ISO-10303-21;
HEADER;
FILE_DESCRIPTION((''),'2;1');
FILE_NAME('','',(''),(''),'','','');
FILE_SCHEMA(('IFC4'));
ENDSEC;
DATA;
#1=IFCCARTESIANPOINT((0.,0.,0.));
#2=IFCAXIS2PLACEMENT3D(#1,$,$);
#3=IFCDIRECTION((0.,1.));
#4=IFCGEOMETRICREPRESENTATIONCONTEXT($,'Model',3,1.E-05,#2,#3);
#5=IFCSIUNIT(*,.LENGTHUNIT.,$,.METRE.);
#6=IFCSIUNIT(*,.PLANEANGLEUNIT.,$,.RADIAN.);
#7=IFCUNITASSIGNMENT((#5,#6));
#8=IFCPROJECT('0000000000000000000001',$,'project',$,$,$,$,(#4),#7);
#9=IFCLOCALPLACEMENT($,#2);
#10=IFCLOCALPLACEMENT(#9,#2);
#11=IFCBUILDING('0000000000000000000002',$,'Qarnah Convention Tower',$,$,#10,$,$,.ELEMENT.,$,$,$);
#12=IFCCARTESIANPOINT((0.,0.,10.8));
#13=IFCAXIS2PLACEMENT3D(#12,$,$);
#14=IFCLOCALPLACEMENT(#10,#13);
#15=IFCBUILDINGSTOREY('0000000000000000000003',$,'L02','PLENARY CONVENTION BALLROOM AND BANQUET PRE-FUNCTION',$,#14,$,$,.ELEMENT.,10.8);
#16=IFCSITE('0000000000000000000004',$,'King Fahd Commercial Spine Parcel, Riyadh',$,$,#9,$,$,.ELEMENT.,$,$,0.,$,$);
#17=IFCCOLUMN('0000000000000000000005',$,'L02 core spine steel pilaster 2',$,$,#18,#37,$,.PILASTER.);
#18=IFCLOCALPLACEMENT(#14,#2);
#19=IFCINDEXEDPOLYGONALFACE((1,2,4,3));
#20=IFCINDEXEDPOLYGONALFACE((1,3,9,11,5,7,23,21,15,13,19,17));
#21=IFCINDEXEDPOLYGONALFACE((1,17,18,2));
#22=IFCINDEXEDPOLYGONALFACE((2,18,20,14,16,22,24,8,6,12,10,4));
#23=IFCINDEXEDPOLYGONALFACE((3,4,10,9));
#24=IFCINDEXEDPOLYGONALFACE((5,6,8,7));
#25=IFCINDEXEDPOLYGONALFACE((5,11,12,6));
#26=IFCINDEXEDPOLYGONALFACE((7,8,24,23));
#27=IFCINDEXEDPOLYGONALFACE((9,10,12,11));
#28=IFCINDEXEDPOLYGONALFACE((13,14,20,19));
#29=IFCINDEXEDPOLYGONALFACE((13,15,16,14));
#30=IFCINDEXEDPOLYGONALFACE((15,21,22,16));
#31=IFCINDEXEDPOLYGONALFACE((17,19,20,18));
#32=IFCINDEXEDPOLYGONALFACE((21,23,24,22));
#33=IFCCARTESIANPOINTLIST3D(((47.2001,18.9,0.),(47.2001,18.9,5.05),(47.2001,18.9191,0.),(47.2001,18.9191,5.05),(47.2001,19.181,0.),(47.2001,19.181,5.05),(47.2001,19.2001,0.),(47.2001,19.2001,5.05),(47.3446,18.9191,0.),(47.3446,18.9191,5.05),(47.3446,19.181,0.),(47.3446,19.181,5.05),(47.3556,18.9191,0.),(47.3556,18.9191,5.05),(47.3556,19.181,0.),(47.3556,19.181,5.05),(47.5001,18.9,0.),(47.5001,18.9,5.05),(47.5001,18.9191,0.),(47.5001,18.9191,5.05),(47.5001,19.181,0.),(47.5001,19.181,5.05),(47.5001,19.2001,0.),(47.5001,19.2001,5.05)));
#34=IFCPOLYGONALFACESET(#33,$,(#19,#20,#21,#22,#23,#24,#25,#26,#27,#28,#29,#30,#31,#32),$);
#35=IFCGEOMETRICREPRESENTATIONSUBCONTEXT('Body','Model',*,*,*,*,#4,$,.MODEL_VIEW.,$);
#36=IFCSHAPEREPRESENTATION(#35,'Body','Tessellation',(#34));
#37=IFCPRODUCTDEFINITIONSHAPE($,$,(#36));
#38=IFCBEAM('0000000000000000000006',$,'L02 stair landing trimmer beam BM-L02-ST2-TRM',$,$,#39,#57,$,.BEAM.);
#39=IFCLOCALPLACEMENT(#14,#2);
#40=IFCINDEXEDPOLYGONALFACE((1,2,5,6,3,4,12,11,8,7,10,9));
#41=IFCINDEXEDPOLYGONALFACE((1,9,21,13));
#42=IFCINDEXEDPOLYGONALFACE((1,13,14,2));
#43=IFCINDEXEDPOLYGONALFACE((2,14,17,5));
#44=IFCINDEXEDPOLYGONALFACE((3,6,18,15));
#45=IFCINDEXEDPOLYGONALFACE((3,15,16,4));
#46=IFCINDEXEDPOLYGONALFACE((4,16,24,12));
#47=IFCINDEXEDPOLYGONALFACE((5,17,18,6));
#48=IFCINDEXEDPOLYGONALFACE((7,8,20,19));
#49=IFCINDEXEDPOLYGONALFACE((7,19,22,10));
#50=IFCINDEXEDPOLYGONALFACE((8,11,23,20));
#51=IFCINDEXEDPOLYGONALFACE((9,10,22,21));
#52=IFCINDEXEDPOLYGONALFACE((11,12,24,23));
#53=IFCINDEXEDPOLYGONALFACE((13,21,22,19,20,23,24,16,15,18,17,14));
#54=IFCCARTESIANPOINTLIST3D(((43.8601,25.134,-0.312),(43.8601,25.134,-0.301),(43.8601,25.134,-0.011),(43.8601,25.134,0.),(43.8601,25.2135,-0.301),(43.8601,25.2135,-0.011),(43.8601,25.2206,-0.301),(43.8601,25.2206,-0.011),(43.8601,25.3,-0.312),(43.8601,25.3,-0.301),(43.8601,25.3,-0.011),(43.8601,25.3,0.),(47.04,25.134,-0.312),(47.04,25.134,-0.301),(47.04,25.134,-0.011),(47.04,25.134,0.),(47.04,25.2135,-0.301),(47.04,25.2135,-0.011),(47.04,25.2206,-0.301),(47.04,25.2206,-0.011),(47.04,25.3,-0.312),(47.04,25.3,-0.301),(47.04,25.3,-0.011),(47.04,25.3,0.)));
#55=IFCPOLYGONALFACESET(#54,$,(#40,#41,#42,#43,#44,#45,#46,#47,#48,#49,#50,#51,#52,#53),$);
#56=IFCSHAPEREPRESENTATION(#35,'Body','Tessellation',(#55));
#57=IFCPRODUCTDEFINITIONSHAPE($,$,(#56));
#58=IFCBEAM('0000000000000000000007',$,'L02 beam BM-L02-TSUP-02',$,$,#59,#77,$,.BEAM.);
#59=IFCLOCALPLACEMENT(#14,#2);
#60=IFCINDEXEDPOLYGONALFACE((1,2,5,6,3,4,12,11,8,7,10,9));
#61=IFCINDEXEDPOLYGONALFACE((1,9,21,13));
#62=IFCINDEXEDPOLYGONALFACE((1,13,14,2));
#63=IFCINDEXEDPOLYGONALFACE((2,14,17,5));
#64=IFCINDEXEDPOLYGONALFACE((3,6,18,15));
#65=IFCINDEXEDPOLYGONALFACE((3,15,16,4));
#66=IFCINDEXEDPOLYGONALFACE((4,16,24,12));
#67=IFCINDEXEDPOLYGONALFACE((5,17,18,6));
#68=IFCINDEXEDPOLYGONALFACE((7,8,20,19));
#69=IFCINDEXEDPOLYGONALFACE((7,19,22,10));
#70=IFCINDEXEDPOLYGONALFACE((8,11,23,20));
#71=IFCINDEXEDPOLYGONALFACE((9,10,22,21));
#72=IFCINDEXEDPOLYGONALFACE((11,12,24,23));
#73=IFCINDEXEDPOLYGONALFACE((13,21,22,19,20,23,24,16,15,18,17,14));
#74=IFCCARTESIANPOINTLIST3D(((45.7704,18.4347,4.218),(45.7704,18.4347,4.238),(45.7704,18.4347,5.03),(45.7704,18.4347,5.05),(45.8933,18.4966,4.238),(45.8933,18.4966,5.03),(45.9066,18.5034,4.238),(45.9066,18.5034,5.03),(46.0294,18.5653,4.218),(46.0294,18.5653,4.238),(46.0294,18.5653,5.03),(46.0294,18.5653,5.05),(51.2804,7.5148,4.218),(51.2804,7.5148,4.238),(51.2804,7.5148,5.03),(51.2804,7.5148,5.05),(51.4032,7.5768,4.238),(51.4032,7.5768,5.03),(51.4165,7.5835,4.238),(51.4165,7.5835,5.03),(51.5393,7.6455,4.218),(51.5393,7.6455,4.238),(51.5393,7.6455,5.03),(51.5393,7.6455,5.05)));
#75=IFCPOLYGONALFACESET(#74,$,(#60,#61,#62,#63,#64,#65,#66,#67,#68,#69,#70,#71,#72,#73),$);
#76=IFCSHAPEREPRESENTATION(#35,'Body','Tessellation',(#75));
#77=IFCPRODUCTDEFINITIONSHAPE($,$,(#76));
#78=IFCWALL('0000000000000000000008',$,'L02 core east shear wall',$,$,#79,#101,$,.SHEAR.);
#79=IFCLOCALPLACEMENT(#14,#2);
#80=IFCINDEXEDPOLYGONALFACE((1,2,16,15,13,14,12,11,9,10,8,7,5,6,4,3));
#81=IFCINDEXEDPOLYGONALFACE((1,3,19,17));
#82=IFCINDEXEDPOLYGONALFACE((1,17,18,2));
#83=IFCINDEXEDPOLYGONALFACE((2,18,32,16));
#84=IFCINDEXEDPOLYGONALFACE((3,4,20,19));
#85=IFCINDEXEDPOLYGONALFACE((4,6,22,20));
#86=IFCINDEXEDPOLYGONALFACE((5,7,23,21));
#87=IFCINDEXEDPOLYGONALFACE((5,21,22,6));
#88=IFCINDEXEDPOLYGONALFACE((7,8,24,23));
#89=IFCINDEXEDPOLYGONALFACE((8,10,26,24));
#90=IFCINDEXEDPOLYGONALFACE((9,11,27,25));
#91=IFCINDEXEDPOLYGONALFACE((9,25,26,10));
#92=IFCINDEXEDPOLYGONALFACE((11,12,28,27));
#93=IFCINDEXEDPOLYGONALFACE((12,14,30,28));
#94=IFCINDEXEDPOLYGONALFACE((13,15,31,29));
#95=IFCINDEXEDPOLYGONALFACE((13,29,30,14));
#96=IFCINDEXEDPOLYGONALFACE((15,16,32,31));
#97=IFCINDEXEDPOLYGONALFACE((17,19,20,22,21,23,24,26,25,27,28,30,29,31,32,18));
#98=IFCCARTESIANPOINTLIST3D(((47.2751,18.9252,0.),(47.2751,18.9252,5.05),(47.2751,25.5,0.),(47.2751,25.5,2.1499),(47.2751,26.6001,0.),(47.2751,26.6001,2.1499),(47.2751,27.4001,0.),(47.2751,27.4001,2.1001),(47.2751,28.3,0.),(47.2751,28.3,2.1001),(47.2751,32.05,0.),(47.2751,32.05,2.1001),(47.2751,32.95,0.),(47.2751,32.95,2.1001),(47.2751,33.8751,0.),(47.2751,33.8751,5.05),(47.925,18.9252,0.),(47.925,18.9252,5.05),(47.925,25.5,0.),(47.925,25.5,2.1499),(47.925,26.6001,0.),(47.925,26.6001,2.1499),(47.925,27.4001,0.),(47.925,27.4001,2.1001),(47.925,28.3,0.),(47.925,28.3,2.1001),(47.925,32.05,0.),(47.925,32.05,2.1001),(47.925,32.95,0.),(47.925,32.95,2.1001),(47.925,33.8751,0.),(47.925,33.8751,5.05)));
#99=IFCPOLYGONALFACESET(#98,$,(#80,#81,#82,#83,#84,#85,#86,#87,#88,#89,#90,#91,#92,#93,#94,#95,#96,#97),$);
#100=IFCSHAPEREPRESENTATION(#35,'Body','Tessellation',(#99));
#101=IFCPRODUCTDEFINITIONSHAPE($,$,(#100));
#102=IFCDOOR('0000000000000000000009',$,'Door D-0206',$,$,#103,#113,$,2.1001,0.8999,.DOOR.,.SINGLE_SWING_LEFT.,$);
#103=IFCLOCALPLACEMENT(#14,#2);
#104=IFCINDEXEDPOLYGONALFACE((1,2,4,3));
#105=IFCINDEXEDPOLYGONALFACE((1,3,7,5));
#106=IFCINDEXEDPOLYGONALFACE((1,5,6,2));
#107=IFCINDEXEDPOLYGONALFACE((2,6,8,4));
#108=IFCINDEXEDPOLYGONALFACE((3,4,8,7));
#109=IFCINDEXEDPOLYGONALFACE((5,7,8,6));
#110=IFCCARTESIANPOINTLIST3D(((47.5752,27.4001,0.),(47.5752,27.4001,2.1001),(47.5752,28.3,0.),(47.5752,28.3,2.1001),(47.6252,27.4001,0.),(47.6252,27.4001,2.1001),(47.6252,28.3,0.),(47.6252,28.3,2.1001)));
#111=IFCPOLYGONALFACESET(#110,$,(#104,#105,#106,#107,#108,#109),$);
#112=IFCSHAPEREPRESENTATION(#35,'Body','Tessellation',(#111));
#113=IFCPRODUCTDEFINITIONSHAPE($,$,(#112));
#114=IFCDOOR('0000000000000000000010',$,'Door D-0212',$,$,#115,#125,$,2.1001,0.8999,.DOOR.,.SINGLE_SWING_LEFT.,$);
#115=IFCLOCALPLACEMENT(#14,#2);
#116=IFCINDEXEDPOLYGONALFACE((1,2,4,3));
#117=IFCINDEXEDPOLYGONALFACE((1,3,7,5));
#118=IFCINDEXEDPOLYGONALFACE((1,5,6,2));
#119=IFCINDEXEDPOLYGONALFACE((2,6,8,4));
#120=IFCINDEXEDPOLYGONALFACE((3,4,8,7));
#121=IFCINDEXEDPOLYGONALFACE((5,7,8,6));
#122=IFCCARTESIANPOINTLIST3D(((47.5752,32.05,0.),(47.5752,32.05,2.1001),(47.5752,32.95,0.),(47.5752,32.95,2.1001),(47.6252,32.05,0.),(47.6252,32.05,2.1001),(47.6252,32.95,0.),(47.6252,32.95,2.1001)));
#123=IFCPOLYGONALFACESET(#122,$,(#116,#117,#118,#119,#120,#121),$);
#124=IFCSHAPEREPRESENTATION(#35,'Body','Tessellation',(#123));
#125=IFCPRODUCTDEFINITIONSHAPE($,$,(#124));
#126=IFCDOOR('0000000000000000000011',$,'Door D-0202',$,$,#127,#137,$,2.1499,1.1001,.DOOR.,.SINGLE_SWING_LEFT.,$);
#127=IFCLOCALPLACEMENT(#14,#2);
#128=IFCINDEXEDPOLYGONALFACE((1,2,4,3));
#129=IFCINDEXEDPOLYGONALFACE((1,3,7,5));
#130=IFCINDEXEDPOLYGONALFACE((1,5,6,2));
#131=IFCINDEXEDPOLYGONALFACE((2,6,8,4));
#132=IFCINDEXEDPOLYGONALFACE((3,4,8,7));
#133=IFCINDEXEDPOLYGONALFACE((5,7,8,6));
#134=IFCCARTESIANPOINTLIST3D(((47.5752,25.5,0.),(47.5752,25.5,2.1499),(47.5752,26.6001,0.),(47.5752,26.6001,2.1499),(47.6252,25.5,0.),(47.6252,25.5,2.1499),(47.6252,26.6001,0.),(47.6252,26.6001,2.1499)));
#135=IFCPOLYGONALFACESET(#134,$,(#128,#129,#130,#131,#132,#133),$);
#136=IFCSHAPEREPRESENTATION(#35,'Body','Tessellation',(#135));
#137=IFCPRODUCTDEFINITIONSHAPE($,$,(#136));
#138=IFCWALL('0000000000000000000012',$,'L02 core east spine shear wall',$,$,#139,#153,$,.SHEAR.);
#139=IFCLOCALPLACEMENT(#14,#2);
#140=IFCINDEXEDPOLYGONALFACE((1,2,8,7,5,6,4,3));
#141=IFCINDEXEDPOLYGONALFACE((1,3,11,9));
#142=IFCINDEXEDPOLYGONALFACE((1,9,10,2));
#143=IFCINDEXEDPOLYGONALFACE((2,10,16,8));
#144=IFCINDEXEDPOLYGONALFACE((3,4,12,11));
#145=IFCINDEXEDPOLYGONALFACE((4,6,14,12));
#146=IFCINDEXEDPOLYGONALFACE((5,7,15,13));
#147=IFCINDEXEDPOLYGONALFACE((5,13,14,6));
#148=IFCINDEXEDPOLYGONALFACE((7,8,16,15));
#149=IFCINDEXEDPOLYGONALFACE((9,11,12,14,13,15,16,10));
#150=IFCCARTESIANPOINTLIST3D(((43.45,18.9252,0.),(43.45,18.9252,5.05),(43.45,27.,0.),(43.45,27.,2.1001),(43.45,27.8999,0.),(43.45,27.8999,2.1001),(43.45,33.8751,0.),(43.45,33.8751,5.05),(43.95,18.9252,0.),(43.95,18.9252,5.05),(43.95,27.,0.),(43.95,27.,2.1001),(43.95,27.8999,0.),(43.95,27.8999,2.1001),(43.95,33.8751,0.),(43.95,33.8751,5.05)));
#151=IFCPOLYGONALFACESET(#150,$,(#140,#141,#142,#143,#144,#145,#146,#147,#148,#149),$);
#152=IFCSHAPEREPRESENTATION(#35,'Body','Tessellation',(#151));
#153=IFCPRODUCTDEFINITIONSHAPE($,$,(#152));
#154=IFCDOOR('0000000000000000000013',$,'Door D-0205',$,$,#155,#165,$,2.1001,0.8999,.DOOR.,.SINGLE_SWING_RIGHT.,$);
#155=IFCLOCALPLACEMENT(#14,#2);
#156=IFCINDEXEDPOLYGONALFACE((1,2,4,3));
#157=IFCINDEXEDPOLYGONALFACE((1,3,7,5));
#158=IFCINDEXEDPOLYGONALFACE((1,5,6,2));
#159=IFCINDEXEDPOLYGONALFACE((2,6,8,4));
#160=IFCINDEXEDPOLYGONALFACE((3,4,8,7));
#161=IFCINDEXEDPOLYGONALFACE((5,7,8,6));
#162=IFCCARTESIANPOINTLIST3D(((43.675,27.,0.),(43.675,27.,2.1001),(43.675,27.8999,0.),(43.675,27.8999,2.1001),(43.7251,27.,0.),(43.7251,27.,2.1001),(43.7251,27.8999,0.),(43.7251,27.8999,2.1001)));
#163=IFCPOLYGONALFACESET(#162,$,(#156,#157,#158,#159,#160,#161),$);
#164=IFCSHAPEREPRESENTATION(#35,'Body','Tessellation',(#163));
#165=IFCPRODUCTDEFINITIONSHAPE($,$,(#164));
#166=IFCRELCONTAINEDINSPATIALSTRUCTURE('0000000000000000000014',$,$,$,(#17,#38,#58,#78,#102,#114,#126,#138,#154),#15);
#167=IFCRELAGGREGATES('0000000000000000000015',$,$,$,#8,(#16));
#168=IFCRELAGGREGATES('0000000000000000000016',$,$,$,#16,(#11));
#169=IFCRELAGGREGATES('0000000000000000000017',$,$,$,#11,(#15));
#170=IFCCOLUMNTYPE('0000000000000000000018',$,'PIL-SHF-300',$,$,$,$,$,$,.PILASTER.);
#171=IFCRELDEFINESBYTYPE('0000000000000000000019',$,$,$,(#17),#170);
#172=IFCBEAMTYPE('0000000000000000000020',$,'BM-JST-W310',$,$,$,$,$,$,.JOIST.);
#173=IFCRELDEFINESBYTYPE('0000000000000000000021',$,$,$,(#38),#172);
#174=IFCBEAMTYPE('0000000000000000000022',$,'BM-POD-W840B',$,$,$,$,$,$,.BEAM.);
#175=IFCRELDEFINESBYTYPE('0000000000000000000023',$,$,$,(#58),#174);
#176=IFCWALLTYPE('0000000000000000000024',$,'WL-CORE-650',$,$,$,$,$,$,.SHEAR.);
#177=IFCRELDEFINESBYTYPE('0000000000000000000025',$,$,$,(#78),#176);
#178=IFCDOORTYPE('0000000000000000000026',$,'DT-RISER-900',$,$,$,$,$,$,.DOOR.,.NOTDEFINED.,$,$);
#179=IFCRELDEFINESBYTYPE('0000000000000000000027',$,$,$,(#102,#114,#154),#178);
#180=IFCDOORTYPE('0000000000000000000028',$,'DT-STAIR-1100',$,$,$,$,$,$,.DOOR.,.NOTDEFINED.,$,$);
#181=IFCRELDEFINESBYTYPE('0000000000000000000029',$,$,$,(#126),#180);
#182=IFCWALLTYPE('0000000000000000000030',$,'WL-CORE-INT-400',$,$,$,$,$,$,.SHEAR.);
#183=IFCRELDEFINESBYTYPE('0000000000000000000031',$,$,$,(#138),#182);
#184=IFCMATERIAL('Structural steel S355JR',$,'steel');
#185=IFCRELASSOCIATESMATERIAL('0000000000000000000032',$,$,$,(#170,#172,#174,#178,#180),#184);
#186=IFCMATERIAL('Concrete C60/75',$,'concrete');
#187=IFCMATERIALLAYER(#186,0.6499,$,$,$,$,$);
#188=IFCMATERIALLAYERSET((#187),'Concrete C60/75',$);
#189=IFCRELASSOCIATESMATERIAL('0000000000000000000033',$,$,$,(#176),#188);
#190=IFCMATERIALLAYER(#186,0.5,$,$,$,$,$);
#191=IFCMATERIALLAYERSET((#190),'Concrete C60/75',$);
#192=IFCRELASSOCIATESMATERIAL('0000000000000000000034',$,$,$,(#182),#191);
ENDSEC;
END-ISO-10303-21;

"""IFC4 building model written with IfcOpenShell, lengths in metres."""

from ifc_helpers import new_model, si_unit, direction, frame, frame_2d, origin, origin_2d, place, context, subcontext, project, spatial, rectangle, i_section, extrude, material, layer, layer_set, material_profile, profile_set, type_object, element, fill, save


model = new_model("IFC4")

# Units and contexts
model_context = context("Model", 3, precision=1e-05, world=origin(), true_north=direction((0.0, 1.0)))
body_context = subcontext(model_context, "Body", "Model", "MODEL_VIEW")
ifc_project = project(units=[si_unit("LENGTHUNIT", "METRE"), si_unit("PLANEANGLEUNIT", "RADIAN")], contexts=[model_context])

# Site, building, storey
site_placement = place(None, origin())
site = spatial("IfcSite", under=ifc_project, at=site_placement, Name="King Fahd Commercial Spine Parcel, Riyadh", CompositionType="ELEMENT", RefElevation=0.0)
building_placement = place(site_placement, origin())
building = spatial("IfcBuilding", under=site, at=building_placement, Name="Qarnah Convention Tower", CompositionType="ELEMENT")
storey_placement = place(building_placement, frame((0.0, 0.0, 10.8)))
storey = spatial("IfcBuildingStorey", under=building, at=storey_placement, Name="L02", Description="PLENARY CONVENTION BALLROOM AND BANQUET PRE-FUNCTION", CompositionType="ELEMENT", Elevation=10.8)

# Column
ifc_material_1 = material(Name="Structural steel S355JR", Category="steel")
ifc_material_profile_1 = material_profile(ifc_material_1, i_section(OverallWidth=0.3, OverallDepth=0.3, WebThickness=0.011, FlangeThickness=0.019, at=origin_2d()), Name="HEB300")
ifc_profile_set_1 = profile_set([ifc_material_profile_1], Name="Structural steel S355JR")
column_type = type_object("IfcColumnType", Name="PIL-SHF-300", PredefinedType="PILASTER", material=ifc_profile_set_1)
column_placement = place(storey_placement, frame((47.3501, 19.05, 0.0), z_axis=(0.0, 0.0, 1.0), x_axis=(1.0, 0.0, 0.0)))
element("IfcColumn", 1, at=column_placement, inside=storey, type_object=column_type, Name="L02 core spine steel pilaster 2", PredefinedType="PILASTER", context=body_context, shape_type="SweptSolid", body=[
    extrude(i_section(OverallWidth=0.3, OverallDepth=0.3, WebThickness=0.011, FlangeThickness=0.019, at=origin_2d()), origin(), (0.0, 0.0, 1.0), 5.05),
])

# Beams
ifc_material_profile_2 = material_profile(ifc_material_1, i_section(OverallWidth=0.166, OverallDepth=0.312, WebThickness=0.0071, FlangeThickness=0.011, at=origin_2d()), Name="W310X45")
ifc_profile_set_2 = profile_set([ifc_material_profile_2], Name="Structural steel S355JR")
beam_type_1 = type_object("IfcBeamType", Name="BM-JST-W310", PredefinedType="JOIST", material=ifc_profile_set_2)
beam_1_placement = place(storey_placement, frame((43.8601, 25.217, -0.156), z_axis=(1.0, 0.0, 0.0), x_axis=(0.0, 1.0, 0.0)))
element("IfcBeam", 2, at=beam_1_placement, inside=storey, type_object=beam_type_1, Name="L02 stair landing trimmer beam BM-L02-ST2-TRM", PredefinedType="BEAM", context=body_context, shape_type="SweptSolid", body=[
    extrude(i_section(OverallWidth=0.166, OverallDepth=0.312, WebThickness=0.0071, FlangeThickness=0.011, at=origin_2d()), origin(), (0.0, 0.0, 1.0), 3.1799),
])
ifc_material_profile_3 = material_profile(ifc_material_1, i_section(OverallWidth=0.29, OverallDepth=0.832, WebThickness=0.0149, FlangeThickness=0.02, at=origin_2d()), Name="W840X193")
ifc_profile_set_3 = profile_set([ifc_material_profile_3], Name="Structural steel S355JR")
beam_type_2 = type_object("IfcBeamType", Name="BM-POD-W840B", PredefinedType="BEAM", material=ifc_profile_set_3)
beam_2_placement = place(storey_placement, frame((45.8999, 18.5, 4.634), z_axis=(0.450484, -0.892784, 0.0), x_axis=(0.892784, 0.450484, 0.0)))
element("IfcBeam", 3, at=beam_2_placement, inside=storey, type_object=beam_type_2, Name="L02 beam BM-L02-TSUP-02", PredefinedType="BEAM", context=body_context, shape_type="SweptSolid", body=[
    extrude(i_section(OverallWidth=0.29, OverallDepth=0.832, WebThickness=0.0149, FlangeThickness=0.02, at=origin_2d()), origin(), (0.0, 0.0, 1.0), 12.2312),
])

# Wall, openings, doors
ifc_material_2 = material(Name="Concrete C60/75", Category="concrete")
ifc_layer_1 = layer(ifc_material_2, 0.6499)
ifc_layer_set_1 = layer_set([ifc_layer_1], Name="Concrete C60/75")
wall_type_1 = type_object("IfcWallType", Name="WL-CORE-650", PredefinedType="SHEAR", material=ifc_layer_set_1)
wall_1_placement = place(storey_placement, frame((47.6001, 18.925, 0.0), z_axis=(0.0, 0.0, 1.0), x_axis=(0.0, 1.0, 0.0)))
wall_1 = element("IfcWall", 4, at=wall_1_placement, inside=storey, type_object=wall_type_1, Name="L02 core east shear wall", PredefinedType="SHEAR", context=body_context, shape_type="SweptSolid", body=[
    extrude(rectangle(XDim=14.95, YDim=0.6499, at=frame_2d((7.4751, 0.0))), origin(), (0.0, 0.0, 1.0), 5.05),
])
opening_1_placement = place(wall_1_placement, frame((6.575, 0.0, 0.0)))
opening_1 = element("IfcOpeningElement", 5, at=opening_1_placement, cuts=wall_1, PredefinedType="OPENING", context=body_context, shape_type="SweptSolid", body=[
    extrude(rectangle(XDim=1.1001, YDim=2.1499, at=frame_2d((0.55, 1.075))), frame((0.0, 0.335, 0.0), z_axis=(0.0, -1.0, 0.0), x_axis=(1.0, 0.0, 0.0)), (0.0, 0.0, 1.0), 0.6699),
])
opening_2_placement = place(wall_1_placement, frame((8.4751, 0.0, 0.0)))
opening_2 = element("IfcOpeningElement", 6, at=opening_2_placement, cuts=wall_1, PredefinedType="OPENING", context=body_context, shape_type="SweptSolid", body=[
    extrude(rectangle(XDim=0.8999, YDim=2.1001, at=frame_2d((0.45, 1.05))), frame((0.0, 0.335, 0.0), z_axis=(0.0, -1.0, 0.0), x_axis=(1.0, 0.0, 0.0)), (0.0, 0.0, 1.0), 0.6699),
])
opening_3_placement = place(wall_1_placement, frame((13.125, 0.0, 0.0)))
opening_3 = element("IfcOpeningElement", 7, at=opening_3_placement, cuts=wall_1, PredefinedType="OPENING", context=body_context, shape_type="SweptSolid", body=[
    extrude(rectangle(XDim=0.8999, YDim=2.1001, at=frame_2d((0.45, 1.05))), frame((0.0, 0.335, 0.0), z_axis=(0.0, -1.0, 0.0), x_axis=(1.0, 0.0, 0.0)), (0.0, 0.0, 1.0), 0.6699),
])
door_type_1 = type_object("IfcDoorType", Name="DT-RISER-900", OperationType="NOTDEFINED", PredefinedType="DOOR", material=ifc_material_1)
door_1_placement = place(opening_2_placement, origin())
door_1 = element("IfcDoor", 8, at=door_1_placement, inside=storey, type_object=door_type_1, Name="Door D-0206", OperationType="SINGLE_SWING_LEFT", OverallHeight=2.1001, OverallWidth=0.8999, PredefinedType="DOOR", context=body_context, shape_type="SweptSolid", body=[
    extrude(rectangle(XDim=0.8999, YDim=2.1001, at=frame_2d((0.45, 1.05))), frame((0.0, 0.0249, 0.0), z_axis=(0.0, -1.0, 0.0), x_axis=(1.0, 0.0, 0.0)), (0.0, 0.0, 1.0), 0.05),
])
fill(opening_2, door_1)
door_2_placement = place(opening_3_placement, origin())
door_2 = element("IfcDoor", 9, at=door_2_placement, inside=storey, type_object=door_type_1, Name="Door D-0212", OperationType="SINGLE_SWING_LEFT", OverallHeight=2.1001, OverallWidth=0.8999, PredefinedType="DOOR", context=body_context, shape_type="SweptSolid", body=[
    extrude(rectangle(XDim=0.8999, YDim=2.1001, at=frame_2d((0.45, 1.05))), frame((0.0, 0.0249, 0.0), z_axis=(0.0, -1.0, 0.0), x_axis=(1.0, 0.0, 0.0)), (0.0, 0.0, 1.0), 0.05),
])
fill(opening_3, door_2)
door_type_2 = type_object("IfcDoorType", Name="DT-STAIR-1100", OperationType="NOTDEFINED", PredefinedType="DOOR", material=ifc_material_1)
door_3_placement = place(opening_1_placement, origin())
door_3 = element("IfcDoor", 10, at=door_3_placement, inside=storey, type_object=door_type_2, Name="Door D-0202", OperationType="SINGLE_SWING_LEFT", OverallHeight=2.1499, OverallWidth=1.1001, PredefinedType="DOOR", context=body_context, shape_type="SweptSolid", body=[
    extrude(rectangle(XDim=1.1001, YDim=2.1499, at=frame_2d((0.55, 1.075))), frame((0.0, 0.0249, 0.0), z_axis=(0.0, -1.0, 0.0), x_axis=(1.0, 0.0, 0.0)), (0.0, 0.0, 1.0), 0.05),
])
fill(opening_1, door_3)

# Wall, opening, door
ifc_layer_2 = layer(ifc_material_2, 0.5)
ifc_layer_set_2 = layer_set([ifc_layer_2], Name="Concrete C60/75")
wall_type_2 = type_object("IfcWallType", Name="WL-CORE-INT-400", PredefinedType="SHEAR", material=ifc_layer_set_2)
wall_2_placement = place(storey_placement, frame((43.7, 18.925, 0.0), z_axis=(0.0, 0.0, 1.0), x_axis=(0.0, 1.0, 0.0)))
wall_2 = element("IfcWall", 11, at=wall_2_placement, inside=storey, type_object=wall_type_2, Name="L02 core east spine shear wall", PredefinedType="SHEAR", context=body_context, shape_type="SweptSolid", body=[
    extrude(rectangle(XDim=14.95, YDim=0.5, at=frame_2d((7.4751, 0.0))), origin(), (0.0, 0.0, 1.0), 5.05),
])
opening_4_placement = place(wall_2_placement, frame((8.075, 0.0, 0.0)))
opening_4 = element("IfcOpeningElement", 12, at=opening_4_placement, cuts=wall_2, PredefinedType="OPENING", context=body_context, shape_type="SweptSolid", body=[
    extrude(rectangle(XDim=0.8999, YDim=2.1001, at=frame_2d((0.45, 1.05))), frame((0.0, 0.26, 0.0), z_axis=(0.0, -1.0, 0.0), x_axis=(1.0, 0.0, 0.0)), (0.0, 0.0, 1.0), 0.52),
])
door_4_placement = place(opening_4_placement, origin())
door_4 = element("IfcDoor", 13, at=door_4_placement, inside=storey, type_object=door_type_1, Name="Door D-0205", OperationType="SINGLE_SWING_RIGHT", OverallHeight=2.1001, OverallWidth=0.8999, PredefinedType="DOOR", context=body_context, shape_type="SweptSolid", body=[
    extrude(rectangle(XDim=0.8999, YDim=2.1001, at=frame_2d((0.45, 1.05))), frame((0.0, 0.0249, 0.0), z_axis=(0.0, -1.0, 0.0), x_axis=(1.0, 0.0, 0.0)), (0.0, 0.0, 1.0), 0.05),
])
fill(opening_4, door_4)

save(model, "model.ifc")
